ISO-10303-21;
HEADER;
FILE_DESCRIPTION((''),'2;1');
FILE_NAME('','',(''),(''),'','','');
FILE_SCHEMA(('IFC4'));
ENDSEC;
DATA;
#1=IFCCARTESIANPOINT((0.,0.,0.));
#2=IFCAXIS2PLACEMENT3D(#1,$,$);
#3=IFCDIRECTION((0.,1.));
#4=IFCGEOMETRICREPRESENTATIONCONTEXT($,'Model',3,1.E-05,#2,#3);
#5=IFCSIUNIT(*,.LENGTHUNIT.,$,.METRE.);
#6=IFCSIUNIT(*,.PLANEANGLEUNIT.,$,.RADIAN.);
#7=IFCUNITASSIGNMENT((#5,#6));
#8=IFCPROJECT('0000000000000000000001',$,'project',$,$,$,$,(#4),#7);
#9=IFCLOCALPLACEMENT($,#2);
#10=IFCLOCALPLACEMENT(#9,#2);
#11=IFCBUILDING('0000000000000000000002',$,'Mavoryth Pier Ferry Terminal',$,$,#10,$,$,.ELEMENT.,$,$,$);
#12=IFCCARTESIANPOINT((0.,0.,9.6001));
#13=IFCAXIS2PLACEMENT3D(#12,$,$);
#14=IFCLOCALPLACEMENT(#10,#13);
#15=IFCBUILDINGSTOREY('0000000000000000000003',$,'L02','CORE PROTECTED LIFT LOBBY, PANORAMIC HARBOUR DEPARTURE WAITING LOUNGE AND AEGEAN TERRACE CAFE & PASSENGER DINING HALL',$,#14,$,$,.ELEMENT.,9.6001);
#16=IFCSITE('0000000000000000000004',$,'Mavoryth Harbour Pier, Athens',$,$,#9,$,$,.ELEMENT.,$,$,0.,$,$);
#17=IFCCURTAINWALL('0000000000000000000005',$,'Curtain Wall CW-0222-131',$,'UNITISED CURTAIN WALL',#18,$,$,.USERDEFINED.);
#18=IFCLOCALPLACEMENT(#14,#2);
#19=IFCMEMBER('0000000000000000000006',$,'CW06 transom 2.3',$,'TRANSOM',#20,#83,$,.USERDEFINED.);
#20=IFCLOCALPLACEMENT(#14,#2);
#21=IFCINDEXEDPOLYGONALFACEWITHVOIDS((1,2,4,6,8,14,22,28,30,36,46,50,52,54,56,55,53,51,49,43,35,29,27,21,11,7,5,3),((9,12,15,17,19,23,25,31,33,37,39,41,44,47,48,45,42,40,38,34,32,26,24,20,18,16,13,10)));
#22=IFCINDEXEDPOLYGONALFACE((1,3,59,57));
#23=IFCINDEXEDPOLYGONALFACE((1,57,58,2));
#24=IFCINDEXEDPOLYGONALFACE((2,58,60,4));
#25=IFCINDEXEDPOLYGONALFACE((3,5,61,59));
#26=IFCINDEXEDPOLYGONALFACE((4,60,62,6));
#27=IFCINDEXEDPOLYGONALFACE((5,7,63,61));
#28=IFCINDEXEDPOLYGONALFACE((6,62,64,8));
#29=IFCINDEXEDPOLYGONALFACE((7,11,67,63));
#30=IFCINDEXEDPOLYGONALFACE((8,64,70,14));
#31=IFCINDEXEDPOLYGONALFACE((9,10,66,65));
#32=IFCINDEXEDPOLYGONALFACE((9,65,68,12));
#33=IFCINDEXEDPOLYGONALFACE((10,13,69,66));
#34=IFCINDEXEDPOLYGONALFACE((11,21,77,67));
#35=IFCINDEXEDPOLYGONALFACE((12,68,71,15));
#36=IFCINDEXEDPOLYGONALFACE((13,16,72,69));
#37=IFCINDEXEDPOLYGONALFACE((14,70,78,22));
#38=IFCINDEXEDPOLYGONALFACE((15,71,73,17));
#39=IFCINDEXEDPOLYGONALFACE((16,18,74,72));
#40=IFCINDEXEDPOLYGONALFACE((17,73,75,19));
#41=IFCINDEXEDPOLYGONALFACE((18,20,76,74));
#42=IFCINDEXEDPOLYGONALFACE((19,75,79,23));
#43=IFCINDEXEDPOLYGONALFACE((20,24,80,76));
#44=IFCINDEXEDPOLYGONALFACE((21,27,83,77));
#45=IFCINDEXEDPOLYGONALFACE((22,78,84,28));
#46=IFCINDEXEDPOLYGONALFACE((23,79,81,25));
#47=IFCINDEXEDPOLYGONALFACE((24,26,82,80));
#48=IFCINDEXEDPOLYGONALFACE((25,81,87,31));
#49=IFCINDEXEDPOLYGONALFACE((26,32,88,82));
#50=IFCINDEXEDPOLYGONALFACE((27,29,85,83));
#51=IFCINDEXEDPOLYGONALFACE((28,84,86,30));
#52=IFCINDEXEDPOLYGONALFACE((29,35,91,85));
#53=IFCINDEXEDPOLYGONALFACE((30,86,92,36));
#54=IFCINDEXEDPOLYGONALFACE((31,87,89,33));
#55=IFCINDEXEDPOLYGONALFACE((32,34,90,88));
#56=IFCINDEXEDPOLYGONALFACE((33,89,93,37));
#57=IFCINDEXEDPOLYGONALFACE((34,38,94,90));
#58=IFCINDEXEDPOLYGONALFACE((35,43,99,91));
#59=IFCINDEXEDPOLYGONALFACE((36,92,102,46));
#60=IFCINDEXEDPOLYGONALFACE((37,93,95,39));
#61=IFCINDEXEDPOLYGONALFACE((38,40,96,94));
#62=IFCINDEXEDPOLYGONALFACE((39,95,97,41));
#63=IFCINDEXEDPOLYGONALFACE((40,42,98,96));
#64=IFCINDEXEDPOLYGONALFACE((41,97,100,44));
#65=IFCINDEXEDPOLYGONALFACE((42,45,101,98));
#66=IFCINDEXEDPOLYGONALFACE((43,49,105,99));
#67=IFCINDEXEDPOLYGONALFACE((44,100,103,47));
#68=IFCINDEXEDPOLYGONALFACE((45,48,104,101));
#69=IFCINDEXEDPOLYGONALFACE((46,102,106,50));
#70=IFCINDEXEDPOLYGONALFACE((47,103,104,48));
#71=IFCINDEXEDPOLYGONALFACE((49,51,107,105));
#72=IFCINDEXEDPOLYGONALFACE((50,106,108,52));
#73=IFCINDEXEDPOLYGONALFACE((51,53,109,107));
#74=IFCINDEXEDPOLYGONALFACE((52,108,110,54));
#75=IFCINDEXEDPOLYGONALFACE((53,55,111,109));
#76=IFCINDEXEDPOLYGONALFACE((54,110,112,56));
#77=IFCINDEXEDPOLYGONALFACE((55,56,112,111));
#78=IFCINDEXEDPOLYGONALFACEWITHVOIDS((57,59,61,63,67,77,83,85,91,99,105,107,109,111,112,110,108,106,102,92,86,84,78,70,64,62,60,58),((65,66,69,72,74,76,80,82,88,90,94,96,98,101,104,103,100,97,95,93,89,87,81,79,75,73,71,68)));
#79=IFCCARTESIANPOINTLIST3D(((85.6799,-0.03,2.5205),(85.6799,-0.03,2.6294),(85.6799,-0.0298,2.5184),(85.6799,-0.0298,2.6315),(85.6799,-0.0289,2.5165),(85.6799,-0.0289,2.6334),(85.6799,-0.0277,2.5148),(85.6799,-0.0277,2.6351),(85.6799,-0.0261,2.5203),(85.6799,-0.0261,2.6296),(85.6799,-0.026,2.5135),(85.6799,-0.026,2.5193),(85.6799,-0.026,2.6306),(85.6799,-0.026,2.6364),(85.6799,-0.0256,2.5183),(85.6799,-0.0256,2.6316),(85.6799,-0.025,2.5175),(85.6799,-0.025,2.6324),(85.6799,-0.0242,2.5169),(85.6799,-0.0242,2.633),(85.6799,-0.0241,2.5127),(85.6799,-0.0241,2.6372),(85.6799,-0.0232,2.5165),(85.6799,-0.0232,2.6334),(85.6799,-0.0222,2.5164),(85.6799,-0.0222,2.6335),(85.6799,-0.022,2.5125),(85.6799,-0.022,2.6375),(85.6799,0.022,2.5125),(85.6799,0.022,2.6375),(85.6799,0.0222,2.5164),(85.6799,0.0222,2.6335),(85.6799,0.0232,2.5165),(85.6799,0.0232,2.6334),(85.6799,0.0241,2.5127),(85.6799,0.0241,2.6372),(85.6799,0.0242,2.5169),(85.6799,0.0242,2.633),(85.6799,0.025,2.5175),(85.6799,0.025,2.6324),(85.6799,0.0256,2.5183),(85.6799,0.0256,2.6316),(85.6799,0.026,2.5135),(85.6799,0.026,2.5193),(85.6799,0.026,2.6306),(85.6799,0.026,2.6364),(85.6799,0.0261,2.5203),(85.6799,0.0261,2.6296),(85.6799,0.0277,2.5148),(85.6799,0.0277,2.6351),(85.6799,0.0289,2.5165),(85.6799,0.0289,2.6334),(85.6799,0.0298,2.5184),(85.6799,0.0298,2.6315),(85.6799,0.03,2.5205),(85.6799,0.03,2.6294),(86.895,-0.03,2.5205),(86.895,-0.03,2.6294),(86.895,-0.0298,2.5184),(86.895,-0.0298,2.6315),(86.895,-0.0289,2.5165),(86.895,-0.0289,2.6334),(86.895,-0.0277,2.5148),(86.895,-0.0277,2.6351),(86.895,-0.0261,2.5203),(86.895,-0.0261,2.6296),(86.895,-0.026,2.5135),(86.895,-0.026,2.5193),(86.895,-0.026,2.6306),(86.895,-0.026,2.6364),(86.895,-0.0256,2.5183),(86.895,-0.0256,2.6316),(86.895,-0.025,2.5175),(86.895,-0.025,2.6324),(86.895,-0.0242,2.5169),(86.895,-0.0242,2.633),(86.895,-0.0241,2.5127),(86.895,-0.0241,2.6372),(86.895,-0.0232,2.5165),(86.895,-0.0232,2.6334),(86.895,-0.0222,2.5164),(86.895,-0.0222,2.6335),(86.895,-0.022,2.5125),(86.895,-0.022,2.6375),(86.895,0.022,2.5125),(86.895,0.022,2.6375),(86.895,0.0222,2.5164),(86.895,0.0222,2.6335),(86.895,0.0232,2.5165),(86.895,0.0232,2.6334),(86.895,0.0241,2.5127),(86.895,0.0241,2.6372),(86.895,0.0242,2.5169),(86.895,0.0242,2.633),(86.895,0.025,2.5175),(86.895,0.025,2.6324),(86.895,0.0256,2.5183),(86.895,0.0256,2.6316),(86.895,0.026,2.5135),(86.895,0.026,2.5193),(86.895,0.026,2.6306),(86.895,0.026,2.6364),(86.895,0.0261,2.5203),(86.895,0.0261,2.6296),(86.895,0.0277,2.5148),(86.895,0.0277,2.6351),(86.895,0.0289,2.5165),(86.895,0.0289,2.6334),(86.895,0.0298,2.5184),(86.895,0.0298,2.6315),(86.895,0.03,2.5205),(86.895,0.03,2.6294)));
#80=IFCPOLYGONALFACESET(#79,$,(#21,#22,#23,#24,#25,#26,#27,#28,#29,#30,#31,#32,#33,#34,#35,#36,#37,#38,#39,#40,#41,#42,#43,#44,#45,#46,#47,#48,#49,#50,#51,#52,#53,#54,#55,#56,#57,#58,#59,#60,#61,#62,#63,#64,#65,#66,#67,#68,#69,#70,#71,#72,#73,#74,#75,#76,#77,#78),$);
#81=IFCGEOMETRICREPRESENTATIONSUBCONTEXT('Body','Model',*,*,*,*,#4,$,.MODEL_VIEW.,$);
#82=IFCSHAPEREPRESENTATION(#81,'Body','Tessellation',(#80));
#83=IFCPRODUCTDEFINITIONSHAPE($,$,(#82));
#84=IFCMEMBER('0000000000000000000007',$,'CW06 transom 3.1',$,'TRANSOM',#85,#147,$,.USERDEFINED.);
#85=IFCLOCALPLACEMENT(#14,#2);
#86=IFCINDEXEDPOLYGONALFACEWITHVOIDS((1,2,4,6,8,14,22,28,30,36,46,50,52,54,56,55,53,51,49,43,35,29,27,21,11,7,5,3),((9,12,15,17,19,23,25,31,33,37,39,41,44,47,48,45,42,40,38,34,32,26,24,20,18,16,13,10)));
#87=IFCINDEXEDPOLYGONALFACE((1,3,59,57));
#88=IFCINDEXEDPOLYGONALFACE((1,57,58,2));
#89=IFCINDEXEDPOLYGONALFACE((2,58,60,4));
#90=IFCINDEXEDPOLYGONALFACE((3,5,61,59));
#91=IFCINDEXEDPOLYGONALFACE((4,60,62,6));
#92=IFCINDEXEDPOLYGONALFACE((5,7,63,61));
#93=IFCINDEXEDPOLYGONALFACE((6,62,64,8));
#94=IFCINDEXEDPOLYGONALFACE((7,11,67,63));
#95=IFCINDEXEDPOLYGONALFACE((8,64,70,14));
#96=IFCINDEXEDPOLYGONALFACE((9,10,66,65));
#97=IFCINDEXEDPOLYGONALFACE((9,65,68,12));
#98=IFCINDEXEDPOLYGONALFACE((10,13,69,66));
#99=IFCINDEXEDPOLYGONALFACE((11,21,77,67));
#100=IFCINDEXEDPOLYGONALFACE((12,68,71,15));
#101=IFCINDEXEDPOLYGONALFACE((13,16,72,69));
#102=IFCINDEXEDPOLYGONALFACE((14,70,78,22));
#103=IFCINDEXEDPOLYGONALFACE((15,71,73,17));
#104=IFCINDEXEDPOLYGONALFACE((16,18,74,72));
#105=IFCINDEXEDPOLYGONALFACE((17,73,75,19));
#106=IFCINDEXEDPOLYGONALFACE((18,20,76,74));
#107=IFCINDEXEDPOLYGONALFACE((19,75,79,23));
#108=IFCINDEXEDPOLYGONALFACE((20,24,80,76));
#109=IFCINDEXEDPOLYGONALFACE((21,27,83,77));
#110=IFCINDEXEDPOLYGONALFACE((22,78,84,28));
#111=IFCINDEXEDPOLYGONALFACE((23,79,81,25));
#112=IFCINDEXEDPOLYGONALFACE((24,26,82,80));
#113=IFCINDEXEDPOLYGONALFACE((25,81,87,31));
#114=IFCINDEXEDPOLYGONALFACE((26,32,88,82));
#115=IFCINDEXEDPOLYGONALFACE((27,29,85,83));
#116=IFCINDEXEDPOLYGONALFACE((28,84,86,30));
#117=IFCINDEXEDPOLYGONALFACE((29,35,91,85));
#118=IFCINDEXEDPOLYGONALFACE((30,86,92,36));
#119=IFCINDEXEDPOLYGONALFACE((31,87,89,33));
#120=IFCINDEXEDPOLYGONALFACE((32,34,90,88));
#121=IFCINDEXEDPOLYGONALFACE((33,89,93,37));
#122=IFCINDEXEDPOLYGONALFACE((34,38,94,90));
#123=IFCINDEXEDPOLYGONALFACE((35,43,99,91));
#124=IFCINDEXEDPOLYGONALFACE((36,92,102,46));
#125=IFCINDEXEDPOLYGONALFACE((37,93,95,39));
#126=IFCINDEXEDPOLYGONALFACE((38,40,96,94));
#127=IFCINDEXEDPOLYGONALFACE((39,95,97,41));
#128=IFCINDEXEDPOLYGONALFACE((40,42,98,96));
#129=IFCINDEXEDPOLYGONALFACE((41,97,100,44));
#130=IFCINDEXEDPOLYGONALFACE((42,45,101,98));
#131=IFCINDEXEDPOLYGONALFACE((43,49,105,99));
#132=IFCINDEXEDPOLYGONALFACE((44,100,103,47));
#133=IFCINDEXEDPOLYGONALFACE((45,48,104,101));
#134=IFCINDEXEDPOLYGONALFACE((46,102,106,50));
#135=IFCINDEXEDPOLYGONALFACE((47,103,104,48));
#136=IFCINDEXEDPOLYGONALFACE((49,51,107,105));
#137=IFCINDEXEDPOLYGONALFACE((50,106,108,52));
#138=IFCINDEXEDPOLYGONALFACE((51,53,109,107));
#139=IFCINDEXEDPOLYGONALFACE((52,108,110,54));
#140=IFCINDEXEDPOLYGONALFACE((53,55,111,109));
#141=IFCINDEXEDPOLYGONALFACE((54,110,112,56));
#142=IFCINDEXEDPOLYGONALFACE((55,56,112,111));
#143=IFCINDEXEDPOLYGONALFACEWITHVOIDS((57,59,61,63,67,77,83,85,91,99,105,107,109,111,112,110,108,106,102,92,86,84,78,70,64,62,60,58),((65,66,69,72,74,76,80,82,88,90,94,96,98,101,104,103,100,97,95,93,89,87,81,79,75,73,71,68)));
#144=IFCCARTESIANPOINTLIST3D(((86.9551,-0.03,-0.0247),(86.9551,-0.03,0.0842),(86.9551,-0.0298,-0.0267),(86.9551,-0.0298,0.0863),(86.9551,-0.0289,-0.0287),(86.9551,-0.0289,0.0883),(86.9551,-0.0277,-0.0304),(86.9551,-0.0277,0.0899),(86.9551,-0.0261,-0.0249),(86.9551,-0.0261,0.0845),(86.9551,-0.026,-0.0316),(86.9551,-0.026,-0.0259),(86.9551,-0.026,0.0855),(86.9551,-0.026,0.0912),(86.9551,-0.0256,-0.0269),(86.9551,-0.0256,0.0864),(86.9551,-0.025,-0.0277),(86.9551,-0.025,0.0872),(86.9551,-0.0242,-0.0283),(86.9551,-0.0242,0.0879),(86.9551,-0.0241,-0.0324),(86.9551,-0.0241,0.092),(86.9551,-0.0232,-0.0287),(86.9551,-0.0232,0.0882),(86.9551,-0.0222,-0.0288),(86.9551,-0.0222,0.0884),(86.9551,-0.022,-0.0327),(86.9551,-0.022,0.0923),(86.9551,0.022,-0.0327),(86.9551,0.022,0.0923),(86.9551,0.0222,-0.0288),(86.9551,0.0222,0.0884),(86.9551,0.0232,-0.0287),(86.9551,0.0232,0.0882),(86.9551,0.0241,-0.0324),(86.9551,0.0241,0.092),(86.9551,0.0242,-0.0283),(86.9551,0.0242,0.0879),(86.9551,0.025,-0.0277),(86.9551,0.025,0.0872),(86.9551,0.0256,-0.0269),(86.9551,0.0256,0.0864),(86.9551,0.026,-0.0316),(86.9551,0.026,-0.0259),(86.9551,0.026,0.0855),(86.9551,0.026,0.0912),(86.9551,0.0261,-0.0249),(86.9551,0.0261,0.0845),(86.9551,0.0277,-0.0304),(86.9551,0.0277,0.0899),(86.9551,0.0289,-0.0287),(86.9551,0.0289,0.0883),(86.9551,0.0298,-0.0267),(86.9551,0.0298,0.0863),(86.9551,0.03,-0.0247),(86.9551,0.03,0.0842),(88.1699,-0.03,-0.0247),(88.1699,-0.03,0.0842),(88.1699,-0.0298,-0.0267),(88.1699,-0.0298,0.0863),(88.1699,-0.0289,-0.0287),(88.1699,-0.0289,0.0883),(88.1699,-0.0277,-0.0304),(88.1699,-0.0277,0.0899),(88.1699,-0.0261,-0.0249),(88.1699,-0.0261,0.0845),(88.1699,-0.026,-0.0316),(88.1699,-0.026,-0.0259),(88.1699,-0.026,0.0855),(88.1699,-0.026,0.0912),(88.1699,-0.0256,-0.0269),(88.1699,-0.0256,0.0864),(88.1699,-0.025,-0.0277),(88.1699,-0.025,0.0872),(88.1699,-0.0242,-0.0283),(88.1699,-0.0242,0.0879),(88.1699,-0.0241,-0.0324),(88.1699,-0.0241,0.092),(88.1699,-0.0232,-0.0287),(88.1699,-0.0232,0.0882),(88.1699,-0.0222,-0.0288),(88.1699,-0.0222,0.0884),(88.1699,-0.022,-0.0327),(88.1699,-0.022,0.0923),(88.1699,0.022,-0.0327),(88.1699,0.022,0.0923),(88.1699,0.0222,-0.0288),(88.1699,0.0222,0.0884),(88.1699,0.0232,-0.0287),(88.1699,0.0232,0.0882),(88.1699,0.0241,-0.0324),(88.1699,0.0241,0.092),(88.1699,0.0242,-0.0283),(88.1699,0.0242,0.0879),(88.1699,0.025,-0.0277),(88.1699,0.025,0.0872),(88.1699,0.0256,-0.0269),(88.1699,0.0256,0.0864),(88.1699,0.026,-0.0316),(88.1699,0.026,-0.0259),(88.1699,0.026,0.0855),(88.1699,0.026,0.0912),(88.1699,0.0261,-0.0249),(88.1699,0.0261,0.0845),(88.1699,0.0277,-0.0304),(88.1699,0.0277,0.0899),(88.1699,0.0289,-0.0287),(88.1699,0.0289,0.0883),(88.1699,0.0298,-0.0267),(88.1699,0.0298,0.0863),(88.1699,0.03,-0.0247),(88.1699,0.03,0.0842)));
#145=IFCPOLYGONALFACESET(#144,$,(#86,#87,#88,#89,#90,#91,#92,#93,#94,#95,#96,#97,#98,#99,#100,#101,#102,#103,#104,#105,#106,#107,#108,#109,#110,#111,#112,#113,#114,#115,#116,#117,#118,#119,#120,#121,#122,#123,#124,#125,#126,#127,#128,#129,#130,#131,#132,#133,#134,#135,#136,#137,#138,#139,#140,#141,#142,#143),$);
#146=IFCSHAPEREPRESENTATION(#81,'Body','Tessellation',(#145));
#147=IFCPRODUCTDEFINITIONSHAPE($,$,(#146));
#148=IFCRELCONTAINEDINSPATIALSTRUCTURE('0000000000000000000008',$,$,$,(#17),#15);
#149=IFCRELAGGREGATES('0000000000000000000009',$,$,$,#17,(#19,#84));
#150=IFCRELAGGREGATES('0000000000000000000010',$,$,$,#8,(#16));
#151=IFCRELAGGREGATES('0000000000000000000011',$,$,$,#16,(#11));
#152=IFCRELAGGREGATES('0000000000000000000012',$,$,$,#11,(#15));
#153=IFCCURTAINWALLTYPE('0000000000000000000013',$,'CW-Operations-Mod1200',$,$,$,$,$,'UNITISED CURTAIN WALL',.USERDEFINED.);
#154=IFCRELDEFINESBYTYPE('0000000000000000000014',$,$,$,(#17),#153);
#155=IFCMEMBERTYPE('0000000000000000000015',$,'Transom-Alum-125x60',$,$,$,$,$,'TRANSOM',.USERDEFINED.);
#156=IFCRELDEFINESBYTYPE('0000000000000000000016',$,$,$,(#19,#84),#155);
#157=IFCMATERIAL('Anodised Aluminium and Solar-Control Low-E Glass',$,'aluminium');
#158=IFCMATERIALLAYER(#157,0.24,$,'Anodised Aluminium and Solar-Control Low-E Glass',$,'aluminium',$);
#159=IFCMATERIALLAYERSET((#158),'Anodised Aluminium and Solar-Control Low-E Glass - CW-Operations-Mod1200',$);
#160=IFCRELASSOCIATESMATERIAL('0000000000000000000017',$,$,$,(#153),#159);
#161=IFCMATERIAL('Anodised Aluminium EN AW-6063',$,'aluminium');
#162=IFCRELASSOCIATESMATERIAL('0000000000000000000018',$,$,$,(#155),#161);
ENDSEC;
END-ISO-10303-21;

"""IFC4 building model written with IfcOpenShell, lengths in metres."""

from ifc_helpers import new_model, si_unit, direction, frame, origin, origin_2d, place, context, subcontext, project, spatial, hollow_rectangle, extrude, material, layer, layer_set, material_profile, profile_set, type_object, element, aggregate, save


model = new_model("IFC4")

# Units and contexts
model_context = context("Model", 3, precision=1e-05, world=origin(), true_north=direction((0.0, 1.0)))
body_context = subcontext(model_context, "Body", "Model", "MODEL_VIEW")
ifc_project = project(units=[si_unit("LENGTHUNIT", "METRE"), si_unit("PLANEANGLEUNIT", "RADIAN")], contexts=[model_context])

# Site, building, storey
site_placement = place(None, origin())
site = spatial("IfcSite", under=ifc_project, at=site_placement, Name="Mavoryth Harbour Pier, Athens", CompositionType="ELEMENT", RefElevation=0.0)
building_placement = place(site_placement, origin())
building = spatial("IfcBuilding", under=site, at=building_placement, Name="Mavoryth Pier Ferry Terminal", CompositionType="ELEMENT")
storey_placement = place(building_placement, frame((0.0, 0.0, 9.6001)))
storey = spatial("IfcBuildingStorey", under=building, at=storey_placement, Name="L02", Description="CORE PROTECTED LIFT LOBBY, PANORAMIC HARBOUR DEPARTURE WAITING LOUNGE AND AEGEAN TERRACE CAFE & PASSENGER DINING HALL", CompositionType="ELEMENT", Elevation=9.6001)

# Curtain wall
ifc_material_1 = material(Name="Anodised Aluminium and Solar-Control Low-E Glass", Category="aluminium")
ifc_layer_1 = layer(ifc_material_1, 0.24, Name="Anodised Aluminium and Solar-Control Low-E Glass", Category="aluminium")
ifc_layer_set_1 = layer_set([ifc_layer_1], Name="Anodised Aluminium and Solar-Control Low-E Glass - CW-Operations-Mod1200")
curtain_wall_type = type_object("IfcCurtainWallType", Name="CW-Operations-Mod1200", ElementType="UNITISED CURTAIN WALL", PredefinedType="USERDEFINED", material=ifc_layer_set_1)
curtain_wall_placement = place(storey_placement, origin())
curtain_wall = element("IfcCurtainWall", 1, at=curtain_wall_placement, inside=storey, type_object=curtain_wall_type, Name="Curtain Wall CW-0222-131", ObjectType="UNITISED CURTAIN WALL", PredefinedType="USERDEFINED")
ifc_material_2 = material(Name="Anodised Aluminium EN AW-6063", Category="aluminium")

# Members
ifc_material_profile_1 = material_profile(ifc_material_2, hollow_rectangle(XDim=0.0601, YDim=0.125, WallThickness=0.0039, InnerFilletRadius=0.0039, OuterFilletRadius=0.0081, at=origin_2d()), Name="AL-TRAN 125x60x4", Category="aluminium")
ifc_profile_set_1 = profile_set([ifc_material_profile_1], Name="Anodised Aluminium EN AW-6063 - AL-TRAN 125x60x4")
member_type_1 = type_object("IfcMemberType", Name="Transom-Alum-125x60", ElementType="TRANSOM", PredefinedType="USERDEFINED", material=ifc_profile_set_1)
member_1_placement = place(storey_placement, frame((85.6799, 0.0, 2.575), z_axis=(1.0, 0.0, 0.0), x_axis=(0.0, 1.0, 0.0)))
member_1 = element("IfcMember", 2, at=member_1_placement, type_object=member_type_1, Name="CW06 transom 2.3", ObjectType="TRANSOM", PredefinedType="USERDEFINED", context=body_context, shape_type="SweptSolid", body=[
    extrude(hollow_rectangle(XDim=0.0601, YDim=0.125, WallThickness=0.0039, InnerFilletRadius=0.0039, OuterFilletRadius=0.0081, at=origin_2d()), origin(), (0.0, 0.0, 1.0), 1.2151),
])
member_2_placement = place(storey_placement, frame((86.9551, 0.0, 0.0298), z_axis=(1.0, 0.0, 0.0), x_axis=(0.0, 1.0, 0.0)))
member_2 = element("IfcMember", 3, at=member_2_placement, type_object=member_type_1, Name="CW06 transom 3.1", ObjectType="TRANSOM", PredefinedType="USERDEFINED", context=body_context, shape_type="SweptSolid", body=[
    extrude(hollow_rectangle(XDim=0.0601, YDim=0.125, WallThickness=0.0039, InnerFilletRadius=0.0039, OuterFilletRadius=0.0081, at=origin_2d()), origin(), (0.0, 0.0, 1.0), 1.2148),
])

aggregate(curtain_wall, [member_1, member_2])

save(model, "model.ifc")
